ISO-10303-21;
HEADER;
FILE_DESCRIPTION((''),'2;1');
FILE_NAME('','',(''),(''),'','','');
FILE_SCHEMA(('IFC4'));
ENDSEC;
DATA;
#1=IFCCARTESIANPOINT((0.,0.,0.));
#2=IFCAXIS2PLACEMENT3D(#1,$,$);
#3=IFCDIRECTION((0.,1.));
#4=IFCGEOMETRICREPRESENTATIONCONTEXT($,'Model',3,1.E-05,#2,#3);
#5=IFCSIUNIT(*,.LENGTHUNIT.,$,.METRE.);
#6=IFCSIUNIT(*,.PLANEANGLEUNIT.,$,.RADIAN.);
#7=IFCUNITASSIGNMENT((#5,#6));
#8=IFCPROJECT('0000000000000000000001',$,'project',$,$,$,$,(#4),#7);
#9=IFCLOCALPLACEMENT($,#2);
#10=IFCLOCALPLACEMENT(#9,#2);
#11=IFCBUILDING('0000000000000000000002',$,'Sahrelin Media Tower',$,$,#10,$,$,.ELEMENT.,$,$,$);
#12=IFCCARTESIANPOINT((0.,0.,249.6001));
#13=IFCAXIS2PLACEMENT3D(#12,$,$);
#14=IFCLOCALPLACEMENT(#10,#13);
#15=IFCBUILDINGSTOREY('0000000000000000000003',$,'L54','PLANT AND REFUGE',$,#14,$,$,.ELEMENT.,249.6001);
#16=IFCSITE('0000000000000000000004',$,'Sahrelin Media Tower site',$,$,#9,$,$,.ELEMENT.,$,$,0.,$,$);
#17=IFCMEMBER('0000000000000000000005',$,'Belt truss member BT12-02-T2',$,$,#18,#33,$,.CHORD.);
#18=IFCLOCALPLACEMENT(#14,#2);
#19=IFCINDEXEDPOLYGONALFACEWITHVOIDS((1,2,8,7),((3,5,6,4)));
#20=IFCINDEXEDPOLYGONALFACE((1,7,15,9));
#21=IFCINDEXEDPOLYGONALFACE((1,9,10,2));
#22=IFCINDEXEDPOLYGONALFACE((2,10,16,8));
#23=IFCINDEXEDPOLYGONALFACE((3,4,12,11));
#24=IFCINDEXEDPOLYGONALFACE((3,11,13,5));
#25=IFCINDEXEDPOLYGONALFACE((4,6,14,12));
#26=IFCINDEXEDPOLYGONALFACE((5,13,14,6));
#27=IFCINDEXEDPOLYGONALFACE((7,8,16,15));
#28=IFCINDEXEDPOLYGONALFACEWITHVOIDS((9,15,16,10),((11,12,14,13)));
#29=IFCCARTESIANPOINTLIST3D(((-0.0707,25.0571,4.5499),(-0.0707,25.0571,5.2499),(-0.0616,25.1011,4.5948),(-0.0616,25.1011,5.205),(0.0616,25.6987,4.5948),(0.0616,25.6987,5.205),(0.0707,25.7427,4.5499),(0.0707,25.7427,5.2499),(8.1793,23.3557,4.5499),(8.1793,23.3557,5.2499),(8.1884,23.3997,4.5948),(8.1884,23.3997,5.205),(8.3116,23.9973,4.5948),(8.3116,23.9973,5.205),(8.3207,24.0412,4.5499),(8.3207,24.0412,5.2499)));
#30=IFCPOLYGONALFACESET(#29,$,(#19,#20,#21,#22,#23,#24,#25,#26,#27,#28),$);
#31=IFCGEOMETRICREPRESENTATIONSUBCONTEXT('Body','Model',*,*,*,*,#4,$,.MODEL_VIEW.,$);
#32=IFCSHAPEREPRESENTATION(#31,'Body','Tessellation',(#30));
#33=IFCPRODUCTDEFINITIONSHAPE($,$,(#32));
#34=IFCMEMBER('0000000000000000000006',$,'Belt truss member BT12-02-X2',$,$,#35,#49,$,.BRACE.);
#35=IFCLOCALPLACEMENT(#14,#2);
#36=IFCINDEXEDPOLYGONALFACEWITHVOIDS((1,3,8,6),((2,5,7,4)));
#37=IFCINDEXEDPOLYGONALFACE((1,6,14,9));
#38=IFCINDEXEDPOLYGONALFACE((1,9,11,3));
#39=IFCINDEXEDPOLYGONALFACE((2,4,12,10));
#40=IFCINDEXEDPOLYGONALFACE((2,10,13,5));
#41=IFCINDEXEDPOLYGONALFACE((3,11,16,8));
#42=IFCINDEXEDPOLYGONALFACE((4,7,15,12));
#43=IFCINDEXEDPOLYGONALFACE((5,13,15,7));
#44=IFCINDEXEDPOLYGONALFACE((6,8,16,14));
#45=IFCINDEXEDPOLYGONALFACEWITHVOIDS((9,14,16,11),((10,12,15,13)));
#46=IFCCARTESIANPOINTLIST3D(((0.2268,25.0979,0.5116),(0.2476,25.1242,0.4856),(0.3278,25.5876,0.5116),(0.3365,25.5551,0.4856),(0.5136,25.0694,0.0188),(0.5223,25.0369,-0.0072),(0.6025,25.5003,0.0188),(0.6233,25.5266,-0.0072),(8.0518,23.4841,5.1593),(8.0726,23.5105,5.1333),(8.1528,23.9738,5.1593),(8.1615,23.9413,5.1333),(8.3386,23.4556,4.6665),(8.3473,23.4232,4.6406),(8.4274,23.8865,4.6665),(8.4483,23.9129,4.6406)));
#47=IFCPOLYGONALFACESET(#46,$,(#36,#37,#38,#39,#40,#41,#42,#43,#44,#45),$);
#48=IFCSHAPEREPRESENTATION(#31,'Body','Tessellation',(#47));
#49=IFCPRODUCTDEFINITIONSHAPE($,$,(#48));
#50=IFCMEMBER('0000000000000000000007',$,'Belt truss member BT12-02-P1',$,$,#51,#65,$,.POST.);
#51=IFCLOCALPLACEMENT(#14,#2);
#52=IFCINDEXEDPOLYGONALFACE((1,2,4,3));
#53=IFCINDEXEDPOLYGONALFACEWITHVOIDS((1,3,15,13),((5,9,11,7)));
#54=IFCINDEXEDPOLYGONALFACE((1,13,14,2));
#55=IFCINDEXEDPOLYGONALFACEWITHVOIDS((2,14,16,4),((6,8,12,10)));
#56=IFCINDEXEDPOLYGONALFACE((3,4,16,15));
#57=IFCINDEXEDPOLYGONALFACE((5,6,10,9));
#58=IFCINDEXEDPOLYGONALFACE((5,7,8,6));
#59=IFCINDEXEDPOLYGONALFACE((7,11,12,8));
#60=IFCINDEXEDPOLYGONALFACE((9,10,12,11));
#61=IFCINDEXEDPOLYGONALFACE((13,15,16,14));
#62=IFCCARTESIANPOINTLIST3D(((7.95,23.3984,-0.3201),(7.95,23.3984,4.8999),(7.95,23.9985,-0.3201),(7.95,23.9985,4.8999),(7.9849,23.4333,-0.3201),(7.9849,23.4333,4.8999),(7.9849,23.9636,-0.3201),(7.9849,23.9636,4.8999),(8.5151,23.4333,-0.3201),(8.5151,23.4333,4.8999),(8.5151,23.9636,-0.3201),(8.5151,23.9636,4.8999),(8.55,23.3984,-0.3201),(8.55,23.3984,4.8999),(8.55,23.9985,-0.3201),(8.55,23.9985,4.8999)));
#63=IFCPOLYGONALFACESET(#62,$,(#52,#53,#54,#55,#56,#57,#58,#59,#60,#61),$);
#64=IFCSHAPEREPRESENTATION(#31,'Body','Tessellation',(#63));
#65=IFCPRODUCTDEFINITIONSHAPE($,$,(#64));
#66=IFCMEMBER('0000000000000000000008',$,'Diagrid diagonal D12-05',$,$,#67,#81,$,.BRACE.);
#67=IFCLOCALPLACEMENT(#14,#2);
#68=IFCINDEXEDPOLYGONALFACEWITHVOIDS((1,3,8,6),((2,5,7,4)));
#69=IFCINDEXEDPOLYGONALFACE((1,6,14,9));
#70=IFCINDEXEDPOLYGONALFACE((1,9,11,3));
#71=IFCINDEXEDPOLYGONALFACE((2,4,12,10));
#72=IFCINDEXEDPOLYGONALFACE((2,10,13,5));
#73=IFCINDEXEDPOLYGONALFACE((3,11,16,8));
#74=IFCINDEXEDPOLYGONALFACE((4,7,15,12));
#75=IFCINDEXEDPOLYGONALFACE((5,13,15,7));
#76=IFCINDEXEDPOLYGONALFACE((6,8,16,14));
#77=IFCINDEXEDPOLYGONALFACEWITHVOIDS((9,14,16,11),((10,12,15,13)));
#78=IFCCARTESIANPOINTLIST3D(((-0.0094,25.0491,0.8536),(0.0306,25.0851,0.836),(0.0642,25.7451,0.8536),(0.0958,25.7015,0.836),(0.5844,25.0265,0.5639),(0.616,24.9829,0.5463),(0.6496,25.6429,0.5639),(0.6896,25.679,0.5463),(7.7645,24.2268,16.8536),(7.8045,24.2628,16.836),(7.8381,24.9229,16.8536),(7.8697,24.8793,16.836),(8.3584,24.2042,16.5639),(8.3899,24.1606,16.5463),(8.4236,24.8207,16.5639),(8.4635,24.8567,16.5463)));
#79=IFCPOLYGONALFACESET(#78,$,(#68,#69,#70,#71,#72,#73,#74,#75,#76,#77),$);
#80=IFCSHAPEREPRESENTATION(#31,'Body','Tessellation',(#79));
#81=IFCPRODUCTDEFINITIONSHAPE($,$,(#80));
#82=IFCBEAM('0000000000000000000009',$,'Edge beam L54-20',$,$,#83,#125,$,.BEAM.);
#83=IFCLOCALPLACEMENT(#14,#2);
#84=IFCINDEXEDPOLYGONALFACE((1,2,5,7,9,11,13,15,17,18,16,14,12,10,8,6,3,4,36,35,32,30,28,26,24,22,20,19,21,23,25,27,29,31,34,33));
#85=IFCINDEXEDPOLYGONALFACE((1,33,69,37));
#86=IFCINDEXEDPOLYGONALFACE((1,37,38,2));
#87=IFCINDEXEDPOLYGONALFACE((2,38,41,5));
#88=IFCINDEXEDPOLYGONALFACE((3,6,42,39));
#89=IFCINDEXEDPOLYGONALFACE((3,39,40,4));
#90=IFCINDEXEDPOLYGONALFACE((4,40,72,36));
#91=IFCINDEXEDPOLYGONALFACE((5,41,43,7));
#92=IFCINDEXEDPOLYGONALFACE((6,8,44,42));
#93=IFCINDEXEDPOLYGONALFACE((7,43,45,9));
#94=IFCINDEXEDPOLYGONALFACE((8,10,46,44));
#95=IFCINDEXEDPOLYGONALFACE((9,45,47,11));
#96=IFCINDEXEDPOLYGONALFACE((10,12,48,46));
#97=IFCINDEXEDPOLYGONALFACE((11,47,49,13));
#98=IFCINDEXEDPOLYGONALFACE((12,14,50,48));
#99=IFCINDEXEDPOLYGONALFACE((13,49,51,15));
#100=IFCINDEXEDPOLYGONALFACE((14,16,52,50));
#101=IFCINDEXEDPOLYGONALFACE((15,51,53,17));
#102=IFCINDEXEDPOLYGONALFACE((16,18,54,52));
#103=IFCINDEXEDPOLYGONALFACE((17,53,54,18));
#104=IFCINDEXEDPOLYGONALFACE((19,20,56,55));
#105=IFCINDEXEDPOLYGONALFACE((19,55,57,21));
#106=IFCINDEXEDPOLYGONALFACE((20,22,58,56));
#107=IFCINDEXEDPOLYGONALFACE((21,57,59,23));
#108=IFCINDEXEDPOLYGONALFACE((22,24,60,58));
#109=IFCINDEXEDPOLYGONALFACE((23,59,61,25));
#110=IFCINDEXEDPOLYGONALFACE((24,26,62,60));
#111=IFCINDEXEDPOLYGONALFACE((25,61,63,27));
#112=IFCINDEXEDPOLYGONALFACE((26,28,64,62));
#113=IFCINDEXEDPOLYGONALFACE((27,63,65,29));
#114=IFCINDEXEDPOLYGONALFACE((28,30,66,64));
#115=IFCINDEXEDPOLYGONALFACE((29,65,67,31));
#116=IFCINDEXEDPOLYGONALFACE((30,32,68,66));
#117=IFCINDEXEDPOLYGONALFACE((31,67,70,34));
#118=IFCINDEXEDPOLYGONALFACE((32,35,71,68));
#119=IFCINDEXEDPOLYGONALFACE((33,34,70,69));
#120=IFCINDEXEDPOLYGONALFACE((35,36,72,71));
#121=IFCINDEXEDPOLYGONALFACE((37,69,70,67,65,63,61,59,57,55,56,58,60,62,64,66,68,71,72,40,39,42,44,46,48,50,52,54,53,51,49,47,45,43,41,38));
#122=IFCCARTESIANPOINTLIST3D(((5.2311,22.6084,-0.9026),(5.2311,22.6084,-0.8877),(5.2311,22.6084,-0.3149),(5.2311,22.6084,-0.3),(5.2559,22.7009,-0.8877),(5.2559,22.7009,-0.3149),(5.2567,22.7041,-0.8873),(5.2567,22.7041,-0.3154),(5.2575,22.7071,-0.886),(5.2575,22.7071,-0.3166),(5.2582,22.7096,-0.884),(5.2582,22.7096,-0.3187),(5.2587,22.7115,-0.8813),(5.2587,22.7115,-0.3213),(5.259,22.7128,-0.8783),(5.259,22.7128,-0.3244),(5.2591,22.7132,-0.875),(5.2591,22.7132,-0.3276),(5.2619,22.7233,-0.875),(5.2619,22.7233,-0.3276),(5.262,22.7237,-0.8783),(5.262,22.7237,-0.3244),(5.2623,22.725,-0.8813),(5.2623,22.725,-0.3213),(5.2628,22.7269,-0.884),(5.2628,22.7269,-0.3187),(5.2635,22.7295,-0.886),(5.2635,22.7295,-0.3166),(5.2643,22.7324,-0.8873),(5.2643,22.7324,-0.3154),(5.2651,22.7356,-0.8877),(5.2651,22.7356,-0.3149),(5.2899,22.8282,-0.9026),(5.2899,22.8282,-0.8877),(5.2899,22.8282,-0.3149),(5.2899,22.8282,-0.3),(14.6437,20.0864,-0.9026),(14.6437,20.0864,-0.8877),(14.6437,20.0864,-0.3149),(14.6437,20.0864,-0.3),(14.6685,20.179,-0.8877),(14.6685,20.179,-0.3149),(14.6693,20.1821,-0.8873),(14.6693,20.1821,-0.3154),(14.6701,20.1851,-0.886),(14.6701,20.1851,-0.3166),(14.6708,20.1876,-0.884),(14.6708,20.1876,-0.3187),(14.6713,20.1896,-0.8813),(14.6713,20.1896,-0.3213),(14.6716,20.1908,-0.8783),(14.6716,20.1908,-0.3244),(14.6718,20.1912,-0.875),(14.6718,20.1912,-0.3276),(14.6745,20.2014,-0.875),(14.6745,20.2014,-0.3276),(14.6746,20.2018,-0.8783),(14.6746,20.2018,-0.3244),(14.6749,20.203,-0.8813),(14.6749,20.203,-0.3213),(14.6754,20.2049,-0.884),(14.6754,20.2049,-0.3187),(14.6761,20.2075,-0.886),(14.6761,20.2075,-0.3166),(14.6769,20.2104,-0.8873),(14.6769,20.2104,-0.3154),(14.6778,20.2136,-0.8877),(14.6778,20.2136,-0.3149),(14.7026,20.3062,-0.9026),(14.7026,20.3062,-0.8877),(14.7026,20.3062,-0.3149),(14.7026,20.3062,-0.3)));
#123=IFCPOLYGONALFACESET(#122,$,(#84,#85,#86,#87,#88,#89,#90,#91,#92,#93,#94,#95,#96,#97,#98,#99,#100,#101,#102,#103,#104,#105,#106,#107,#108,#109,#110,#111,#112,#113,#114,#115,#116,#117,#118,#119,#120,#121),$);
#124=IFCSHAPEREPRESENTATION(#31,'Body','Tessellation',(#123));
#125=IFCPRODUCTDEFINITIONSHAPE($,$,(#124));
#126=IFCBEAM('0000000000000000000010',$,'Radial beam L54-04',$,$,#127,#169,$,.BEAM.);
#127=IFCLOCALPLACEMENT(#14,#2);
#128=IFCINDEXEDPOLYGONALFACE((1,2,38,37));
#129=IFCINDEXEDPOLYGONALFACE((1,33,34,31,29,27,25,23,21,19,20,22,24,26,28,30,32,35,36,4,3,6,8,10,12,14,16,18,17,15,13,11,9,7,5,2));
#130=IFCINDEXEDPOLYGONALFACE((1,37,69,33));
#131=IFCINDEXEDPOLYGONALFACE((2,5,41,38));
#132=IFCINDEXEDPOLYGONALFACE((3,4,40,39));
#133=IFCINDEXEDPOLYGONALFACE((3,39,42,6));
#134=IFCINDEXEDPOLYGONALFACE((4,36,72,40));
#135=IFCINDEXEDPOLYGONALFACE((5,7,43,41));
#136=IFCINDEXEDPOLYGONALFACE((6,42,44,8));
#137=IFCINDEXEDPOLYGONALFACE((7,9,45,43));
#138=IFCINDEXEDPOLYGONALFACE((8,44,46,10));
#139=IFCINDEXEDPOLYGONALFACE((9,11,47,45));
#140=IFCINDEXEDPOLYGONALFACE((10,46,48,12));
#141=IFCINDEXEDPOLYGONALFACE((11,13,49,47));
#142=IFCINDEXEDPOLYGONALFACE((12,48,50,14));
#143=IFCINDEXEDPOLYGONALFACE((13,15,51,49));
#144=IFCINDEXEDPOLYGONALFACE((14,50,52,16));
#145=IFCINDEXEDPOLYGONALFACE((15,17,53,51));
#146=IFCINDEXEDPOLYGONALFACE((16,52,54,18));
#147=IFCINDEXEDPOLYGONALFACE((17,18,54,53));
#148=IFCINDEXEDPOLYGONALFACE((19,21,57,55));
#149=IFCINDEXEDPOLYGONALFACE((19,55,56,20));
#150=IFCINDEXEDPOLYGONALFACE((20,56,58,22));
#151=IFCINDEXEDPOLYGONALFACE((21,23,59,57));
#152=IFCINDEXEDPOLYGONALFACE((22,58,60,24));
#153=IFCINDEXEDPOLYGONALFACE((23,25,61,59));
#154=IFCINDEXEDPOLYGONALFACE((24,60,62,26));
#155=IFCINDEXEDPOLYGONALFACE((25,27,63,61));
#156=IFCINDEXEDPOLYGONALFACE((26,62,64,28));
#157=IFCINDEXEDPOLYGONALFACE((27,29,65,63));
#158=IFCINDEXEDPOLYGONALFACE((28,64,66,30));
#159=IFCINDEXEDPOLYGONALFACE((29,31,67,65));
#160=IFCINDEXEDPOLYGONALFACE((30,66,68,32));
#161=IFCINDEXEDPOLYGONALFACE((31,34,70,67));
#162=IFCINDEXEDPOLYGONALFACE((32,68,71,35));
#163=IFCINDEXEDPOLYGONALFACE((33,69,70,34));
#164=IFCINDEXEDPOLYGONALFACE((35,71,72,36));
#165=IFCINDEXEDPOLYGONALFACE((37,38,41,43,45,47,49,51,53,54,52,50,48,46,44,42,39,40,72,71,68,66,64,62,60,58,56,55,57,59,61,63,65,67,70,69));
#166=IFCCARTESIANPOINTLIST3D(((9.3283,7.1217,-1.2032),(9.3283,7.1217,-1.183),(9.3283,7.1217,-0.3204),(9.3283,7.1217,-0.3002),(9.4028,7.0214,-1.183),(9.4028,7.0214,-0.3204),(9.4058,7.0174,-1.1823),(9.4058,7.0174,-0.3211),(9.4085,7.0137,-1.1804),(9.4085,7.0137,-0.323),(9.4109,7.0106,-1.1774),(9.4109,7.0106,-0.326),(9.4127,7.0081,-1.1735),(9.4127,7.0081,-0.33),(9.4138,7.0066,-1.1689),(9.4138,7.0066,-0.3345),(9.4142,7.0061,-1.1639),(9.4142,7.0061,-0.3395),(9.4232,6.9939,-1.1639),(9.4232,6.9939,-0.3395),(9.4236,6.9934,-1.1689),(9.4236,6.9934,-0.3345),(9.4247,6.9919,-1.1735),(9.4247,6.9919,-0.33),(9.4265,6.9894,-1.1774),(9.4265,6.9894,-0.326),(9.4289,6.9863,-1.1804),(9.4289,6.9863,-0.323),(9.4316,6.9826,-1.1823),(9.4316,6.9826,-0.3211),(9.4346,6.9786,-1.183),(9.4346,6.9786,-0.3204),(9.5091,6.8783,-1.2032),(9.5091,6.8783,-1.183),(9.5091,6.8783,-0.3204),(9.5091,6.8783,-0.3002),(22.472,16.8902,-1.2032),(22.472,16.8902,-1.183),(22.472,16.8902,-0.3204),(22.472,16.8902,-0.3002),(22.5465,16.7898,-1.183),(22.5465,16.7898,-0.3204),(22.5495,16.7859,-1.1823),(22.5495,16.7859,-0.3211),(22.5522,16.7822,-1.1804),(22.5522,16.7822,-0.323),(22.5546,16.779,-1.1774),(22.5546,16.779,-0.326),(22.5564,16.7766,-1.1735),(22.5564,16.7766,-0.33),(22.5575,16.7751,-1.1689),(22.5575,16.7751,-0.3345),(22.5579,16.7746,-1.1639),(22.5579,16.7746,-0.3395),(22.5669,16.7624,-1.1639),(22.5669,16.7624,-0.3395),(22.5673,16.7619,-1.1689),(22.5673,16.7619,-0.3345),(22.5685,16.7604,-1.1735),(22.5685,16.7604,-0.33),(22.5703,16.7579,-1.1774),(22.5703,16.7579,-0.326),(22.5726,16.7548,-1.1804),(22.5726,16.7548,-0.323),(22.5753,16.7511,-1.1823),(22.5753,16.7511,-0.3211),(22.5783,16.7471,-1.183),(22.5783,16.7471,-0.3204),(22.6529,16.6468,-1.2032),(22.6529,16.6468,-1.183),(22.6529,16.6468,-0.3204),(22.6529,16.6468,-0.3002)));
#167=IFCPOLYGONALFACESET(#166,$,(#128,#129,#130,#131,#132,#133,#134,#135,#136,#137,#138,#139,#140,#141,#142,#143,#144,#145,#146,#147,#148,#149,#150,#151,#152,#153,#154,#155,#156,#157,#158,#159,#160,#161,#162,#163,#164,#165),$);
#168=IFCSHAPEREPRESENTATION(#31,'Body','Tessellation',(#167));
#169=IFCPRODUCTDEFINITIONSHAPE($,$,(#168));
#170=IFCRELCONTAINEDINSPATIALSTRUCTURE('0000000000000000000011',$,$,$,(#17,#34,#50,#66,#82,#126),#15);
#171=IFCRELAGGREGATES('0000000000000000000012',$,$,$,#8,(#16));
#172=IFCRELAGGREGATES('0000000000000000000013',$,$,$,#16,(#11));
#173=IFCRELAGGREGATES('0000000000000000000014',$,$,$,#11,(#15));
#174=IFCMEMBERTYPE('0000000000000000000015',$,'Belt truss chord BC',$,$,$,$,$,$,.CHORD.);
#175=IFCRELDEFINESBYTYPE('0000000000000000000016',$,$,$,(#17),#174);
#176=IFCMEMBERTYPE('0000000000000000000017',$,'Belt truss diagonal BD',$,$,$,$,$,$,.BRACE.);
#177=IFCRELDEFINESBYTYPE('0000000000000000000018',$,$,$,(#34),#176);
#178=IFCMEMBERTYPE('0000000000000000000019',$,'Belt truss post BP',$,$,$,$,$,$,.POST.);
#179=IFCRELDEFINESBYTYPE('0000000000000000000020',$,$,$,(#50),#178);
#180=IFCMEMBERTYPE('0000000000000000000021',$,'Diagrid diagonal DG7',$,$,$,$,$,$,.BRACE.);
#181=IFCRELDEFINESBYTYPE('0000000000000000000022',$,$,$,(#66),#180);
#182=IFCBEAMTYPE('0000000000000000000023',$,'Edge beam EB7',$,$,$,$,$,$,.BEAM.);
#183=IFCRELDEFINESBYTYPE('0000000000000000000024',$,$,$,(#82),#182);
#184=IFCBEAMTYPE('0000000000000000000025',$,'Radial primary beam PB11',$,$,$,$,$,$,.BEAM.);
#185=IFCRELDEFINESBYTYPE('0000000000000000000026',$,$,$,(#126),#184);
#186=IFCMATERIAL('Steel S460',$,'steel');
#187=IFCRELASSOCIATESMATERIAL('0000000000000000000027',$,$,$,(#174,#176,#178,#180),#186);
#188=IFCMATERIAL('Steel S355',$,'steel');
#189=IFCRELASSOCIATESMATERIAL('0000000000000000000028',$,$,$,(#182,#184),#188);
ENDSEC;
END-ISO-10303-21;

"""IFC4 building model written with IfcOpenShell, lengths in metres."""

from ifc_helpers import new_model, si_unit, direction, frame, origin, origin_2d, place, context, subcontext, project, spatial, hollow_rectangle, i_section, extrude, material, material_profile, profile_set, type_object, element, save


model = new_model("IFC4")

# Units and contexts
model_context = context("Model", 3, precision=1e-05, world=origin(), true_north=direction((0.0, 1.0)))
body_context = subcontext(model_context, "Body", "Model", "MODEL_VIEW")
ifc_project = project(units=[si_unit("LENGTHUNIT", "METRE"), si_unit("PLANEANGLEUNIT", "RADIAN")], contexts=[model_context])

# Site, building, storey
site_placement = place(None, origin())
site = spatial("IfcSite", under=ifc_project, at=site_placement, Name="Sahrelin Media Tower site", CompositionType="ELEMENT", RefElevation=0.0)
building_placement = place(site_placement, origin())
building = spatial("IfcBuilding", under=site, at=building_placement, Name="Sahrelin Media Tower", CompositionType="ELEMENT")
storey_placement = place(building_placement, frame((0.0, 0.0, 249.6001)))
storey = spatial("IfcBuildingStorey", under=building, at=storey_placement, Name="L54", Description="PLANT AND REFUGE", CompositionType="ELEMENT", Elevation=249.6001)

# Members
ifc_material_1 = material(Name="Steel S460", Category="steel")
ifc_material_profile_1 = material_profile(ifc_material_1, hollow_rectangle(XDim=0.7, YDim=0.7, WallThickness=0.0449, at=origin_2d()), Name="Belt truss chord BC")
ifc_profile_set_1 = profile_set([ifc_material_profile_1], Name="Steel S460")
member_type_1 = type_object("IfcMemberType", Name="Belt truss chord BC", PredefinedType="CHORD", material=ifc_profile_set_1)
member_1_placement = place(storey_placement, frame((8.25, 23.6985, 4.8999), z_axis=(-0.979389, 0.201982, 0.0), x_axis=(-0.201982, -0.979389, 0.0)))
element("IfcMember", 1, at=member_1_placement, inside=storey, type_object=member_type_1, Name="Belt truss member BT12-02-T2", PredefinedType="CHORD", context=body_context, shape_type="SweptSolid", body=[
    extrude(hollow_rectangle(XDim=0.7, YDim=0.7, WallThickness=0.0449, at=origin_2d()), origin(), (0.0, 0.0, 1.0), 8.4236),
])
ifc_material_profile_2 = material_profile(ifc_material_1, hollow_rectangle(XDim=0.5, YDim=0.6001, WallThickness=0.03, at=origin_2d()), Name="Belt truss diagonal BD")
ifc_profile_set_2 = profile_set([ifc_material_profile_2], Name="Steel S460")
member_type_2 = type_object("IfcMemberType", Name="Belt truss diagonal BD", PredefinedType="BRACE", material=ifc_profile_set_2)
member_2_placement = place(storey_placement, frame((0.425, 25.3123, 0.2522), z_axis=(0.84657, -0.174591, 0.502829), x_axis=(0.201983, 0.979389, 0.0)))
element("IfcMember", 2, at=member_2_placement, inside=storey, type_object=member_type_2, Name="Belt truss member BT12-02-X2", PredefinedType="BRACE", context=body_context, shape_type="SweptSolid", body=[
    extrude(hollow_rectangle(XDim=0.5, YDim=0.6001, WallThickness=0.03, at=origin_2d()), origin(), (0.0, 0.0, 1.0), 9.2432),
])
ifc_material_profile_3 = material_profile(ifc_material_1, hollow_rectangle(XDim=0.6001, YDim=0.6001, WallThickness=0.0349, at=origin_2d()), Name="Belt truss post BP")
ifc_profile_set_3 = profile_set([ifc_material_profile_3], Name="Steel S460")
member_type_3 = type_object("IfcMemberType", Name="Belt truss post BP", PredefinedType="POST", material=ifc_profile_set_3)
member_3_placement = place(storey_placement, frame((8.25, 23.6985, -0.3201), z_axis=(0.0, 0.0, 1.0), x_axis=(1.0, 0.0, 0.0)))
element("IfcMember", 3, at=member_3_placement, inside=storey, type_object=member_type_3, Name="Belt truss member BT12-02-P1", PredefinedType="POST", context=body_context, shape_type="SweptSolid", body=[
    extrude(hollow_rectangle(XDim=0.6001, YDim=0.6001, WallThickness=0.0349, at=origin_2d()), origin(), (0.0, 0.0, 1.0), 5.22),
])
ifc_material_profile_4 = material_profile(ifc_material_1, hollow_rectangle(XDim=0.7, YDim=0.7, WallThickness=0.04, at=origin_2d()), Name="Diagrid diagonal DG7")
ifc_profile_set_4 = profile_set([ifc_material_profile_4], Name="Steel S460")
member_type_4 = type_object("IfcMemberType", Name="Diagrid diagonal DG7", PredefinedType="BRACE", material=ifc_profile_set_4)
member_4_placement = place(storey_placement, frame((0.3401, 25.364, 0.7), z_axis=(0.436551, -0.046175, 0.898494), x_axis=(0.105185, 0.994453, 0.0)))
element("IfcMember", 4, at=member_4_placement, inside=storey, type_object=member_type_4, Name="Diagrid diagonal D12-05", PredefinedType="BRACE", context=body_context, shape_type="SweptSolid", body=[
    extrude(hollow_rectangle(XDim=0.7, YDim=0.7, WallThickness=0.04, at=origin_2d()), origin(), (0.0, 0.0, 1.0), 17.8076),
])

# Beams
ifc_material_2 = material(Name="Steel S355", Category="steel")
ifc_material_profile_5 = material_profile(ifc_material_2, i_section(OverallWidth=0.2275, OverallDepth=0.6025, WebThickness=0.0105, FlangeThickness=0.0149, FilletRadius=0.0127, at=origin_2d()), Name="UB 610x229x101")
ifc_profile_set_5 = profile_set([ifc_material_profile_5], Name="Steel S355")
beam_type_1 = type_object("IfcBeamType", Name="Edge beam EB7", PredefinedType="BEAM", material=ifc_profile_set_5)
beam_1_placement = place(storey_placement, frame((5.2605, 22.7183, -0.6013), z_axis=(0.965929, -0.258807, 0.0), x_axis=(0.258807, 0.965929, 0.0)))
element("IfcBeam", 5, at=beam_1_placement, inside=storey, type_object=beam_type_1, Name="Edge beam L54-20", PredefinedType="BEAM", context=body_context, shape_type="SweptSolid", body=[
    extrude(i_section(OverallWidth=0.2275, OverallDepth=0.6025, WebThickness=0.0105, FlangeThickness=0.0149, FilletRadius=0.0127, at=origin_2d()), origin(), (0.0, 0.0, 1.0), 9.7446),
])
ifc_material_profile_6 = material_profile(ifc_material_2, i_section(OverallWidth=0.3032, OverallDepth=0.9031, WebThickness=0.0151, FlangeThickness=0.0203, FilletRadius=0.019, at=origin_2d()), Name="UB 914x305x201")
ifc_profile_set_6 = profile_set([ifc_material_profile_6], Name="Steel S355")
beam_type_2 = type_object("IfcBeamType", Name="Radial primary beam PB11", PredefinedType="BEAM", material=ifc_profile_set_6)
beam_2_placement = place(storey_placement, frame((9.4187, 7.0, -0.7517), z_axis=(0.80261, 0.596505, 0.0), x_axis=(-0.596505, 0.80261, 0.0)))
element("IfcBeam", 6, at=beam_2_placement, inside=storey, type_object=beam_type_2, Name="Radial beam L54-04", PredefinedType="BEAM", context=body_context, shape_type="SweptSolid", body=[
    extrude(i_section(OverallWidth=0.3032, OverallDepth=0.9031, WebThickness=0.0151, FlangeThickness=0.0203, FilletRadius=0.019, at=origin_2d()), origin(), (0.0, 0.0, 1.0), 16.3762),
])

save(model, "model.ifc")
